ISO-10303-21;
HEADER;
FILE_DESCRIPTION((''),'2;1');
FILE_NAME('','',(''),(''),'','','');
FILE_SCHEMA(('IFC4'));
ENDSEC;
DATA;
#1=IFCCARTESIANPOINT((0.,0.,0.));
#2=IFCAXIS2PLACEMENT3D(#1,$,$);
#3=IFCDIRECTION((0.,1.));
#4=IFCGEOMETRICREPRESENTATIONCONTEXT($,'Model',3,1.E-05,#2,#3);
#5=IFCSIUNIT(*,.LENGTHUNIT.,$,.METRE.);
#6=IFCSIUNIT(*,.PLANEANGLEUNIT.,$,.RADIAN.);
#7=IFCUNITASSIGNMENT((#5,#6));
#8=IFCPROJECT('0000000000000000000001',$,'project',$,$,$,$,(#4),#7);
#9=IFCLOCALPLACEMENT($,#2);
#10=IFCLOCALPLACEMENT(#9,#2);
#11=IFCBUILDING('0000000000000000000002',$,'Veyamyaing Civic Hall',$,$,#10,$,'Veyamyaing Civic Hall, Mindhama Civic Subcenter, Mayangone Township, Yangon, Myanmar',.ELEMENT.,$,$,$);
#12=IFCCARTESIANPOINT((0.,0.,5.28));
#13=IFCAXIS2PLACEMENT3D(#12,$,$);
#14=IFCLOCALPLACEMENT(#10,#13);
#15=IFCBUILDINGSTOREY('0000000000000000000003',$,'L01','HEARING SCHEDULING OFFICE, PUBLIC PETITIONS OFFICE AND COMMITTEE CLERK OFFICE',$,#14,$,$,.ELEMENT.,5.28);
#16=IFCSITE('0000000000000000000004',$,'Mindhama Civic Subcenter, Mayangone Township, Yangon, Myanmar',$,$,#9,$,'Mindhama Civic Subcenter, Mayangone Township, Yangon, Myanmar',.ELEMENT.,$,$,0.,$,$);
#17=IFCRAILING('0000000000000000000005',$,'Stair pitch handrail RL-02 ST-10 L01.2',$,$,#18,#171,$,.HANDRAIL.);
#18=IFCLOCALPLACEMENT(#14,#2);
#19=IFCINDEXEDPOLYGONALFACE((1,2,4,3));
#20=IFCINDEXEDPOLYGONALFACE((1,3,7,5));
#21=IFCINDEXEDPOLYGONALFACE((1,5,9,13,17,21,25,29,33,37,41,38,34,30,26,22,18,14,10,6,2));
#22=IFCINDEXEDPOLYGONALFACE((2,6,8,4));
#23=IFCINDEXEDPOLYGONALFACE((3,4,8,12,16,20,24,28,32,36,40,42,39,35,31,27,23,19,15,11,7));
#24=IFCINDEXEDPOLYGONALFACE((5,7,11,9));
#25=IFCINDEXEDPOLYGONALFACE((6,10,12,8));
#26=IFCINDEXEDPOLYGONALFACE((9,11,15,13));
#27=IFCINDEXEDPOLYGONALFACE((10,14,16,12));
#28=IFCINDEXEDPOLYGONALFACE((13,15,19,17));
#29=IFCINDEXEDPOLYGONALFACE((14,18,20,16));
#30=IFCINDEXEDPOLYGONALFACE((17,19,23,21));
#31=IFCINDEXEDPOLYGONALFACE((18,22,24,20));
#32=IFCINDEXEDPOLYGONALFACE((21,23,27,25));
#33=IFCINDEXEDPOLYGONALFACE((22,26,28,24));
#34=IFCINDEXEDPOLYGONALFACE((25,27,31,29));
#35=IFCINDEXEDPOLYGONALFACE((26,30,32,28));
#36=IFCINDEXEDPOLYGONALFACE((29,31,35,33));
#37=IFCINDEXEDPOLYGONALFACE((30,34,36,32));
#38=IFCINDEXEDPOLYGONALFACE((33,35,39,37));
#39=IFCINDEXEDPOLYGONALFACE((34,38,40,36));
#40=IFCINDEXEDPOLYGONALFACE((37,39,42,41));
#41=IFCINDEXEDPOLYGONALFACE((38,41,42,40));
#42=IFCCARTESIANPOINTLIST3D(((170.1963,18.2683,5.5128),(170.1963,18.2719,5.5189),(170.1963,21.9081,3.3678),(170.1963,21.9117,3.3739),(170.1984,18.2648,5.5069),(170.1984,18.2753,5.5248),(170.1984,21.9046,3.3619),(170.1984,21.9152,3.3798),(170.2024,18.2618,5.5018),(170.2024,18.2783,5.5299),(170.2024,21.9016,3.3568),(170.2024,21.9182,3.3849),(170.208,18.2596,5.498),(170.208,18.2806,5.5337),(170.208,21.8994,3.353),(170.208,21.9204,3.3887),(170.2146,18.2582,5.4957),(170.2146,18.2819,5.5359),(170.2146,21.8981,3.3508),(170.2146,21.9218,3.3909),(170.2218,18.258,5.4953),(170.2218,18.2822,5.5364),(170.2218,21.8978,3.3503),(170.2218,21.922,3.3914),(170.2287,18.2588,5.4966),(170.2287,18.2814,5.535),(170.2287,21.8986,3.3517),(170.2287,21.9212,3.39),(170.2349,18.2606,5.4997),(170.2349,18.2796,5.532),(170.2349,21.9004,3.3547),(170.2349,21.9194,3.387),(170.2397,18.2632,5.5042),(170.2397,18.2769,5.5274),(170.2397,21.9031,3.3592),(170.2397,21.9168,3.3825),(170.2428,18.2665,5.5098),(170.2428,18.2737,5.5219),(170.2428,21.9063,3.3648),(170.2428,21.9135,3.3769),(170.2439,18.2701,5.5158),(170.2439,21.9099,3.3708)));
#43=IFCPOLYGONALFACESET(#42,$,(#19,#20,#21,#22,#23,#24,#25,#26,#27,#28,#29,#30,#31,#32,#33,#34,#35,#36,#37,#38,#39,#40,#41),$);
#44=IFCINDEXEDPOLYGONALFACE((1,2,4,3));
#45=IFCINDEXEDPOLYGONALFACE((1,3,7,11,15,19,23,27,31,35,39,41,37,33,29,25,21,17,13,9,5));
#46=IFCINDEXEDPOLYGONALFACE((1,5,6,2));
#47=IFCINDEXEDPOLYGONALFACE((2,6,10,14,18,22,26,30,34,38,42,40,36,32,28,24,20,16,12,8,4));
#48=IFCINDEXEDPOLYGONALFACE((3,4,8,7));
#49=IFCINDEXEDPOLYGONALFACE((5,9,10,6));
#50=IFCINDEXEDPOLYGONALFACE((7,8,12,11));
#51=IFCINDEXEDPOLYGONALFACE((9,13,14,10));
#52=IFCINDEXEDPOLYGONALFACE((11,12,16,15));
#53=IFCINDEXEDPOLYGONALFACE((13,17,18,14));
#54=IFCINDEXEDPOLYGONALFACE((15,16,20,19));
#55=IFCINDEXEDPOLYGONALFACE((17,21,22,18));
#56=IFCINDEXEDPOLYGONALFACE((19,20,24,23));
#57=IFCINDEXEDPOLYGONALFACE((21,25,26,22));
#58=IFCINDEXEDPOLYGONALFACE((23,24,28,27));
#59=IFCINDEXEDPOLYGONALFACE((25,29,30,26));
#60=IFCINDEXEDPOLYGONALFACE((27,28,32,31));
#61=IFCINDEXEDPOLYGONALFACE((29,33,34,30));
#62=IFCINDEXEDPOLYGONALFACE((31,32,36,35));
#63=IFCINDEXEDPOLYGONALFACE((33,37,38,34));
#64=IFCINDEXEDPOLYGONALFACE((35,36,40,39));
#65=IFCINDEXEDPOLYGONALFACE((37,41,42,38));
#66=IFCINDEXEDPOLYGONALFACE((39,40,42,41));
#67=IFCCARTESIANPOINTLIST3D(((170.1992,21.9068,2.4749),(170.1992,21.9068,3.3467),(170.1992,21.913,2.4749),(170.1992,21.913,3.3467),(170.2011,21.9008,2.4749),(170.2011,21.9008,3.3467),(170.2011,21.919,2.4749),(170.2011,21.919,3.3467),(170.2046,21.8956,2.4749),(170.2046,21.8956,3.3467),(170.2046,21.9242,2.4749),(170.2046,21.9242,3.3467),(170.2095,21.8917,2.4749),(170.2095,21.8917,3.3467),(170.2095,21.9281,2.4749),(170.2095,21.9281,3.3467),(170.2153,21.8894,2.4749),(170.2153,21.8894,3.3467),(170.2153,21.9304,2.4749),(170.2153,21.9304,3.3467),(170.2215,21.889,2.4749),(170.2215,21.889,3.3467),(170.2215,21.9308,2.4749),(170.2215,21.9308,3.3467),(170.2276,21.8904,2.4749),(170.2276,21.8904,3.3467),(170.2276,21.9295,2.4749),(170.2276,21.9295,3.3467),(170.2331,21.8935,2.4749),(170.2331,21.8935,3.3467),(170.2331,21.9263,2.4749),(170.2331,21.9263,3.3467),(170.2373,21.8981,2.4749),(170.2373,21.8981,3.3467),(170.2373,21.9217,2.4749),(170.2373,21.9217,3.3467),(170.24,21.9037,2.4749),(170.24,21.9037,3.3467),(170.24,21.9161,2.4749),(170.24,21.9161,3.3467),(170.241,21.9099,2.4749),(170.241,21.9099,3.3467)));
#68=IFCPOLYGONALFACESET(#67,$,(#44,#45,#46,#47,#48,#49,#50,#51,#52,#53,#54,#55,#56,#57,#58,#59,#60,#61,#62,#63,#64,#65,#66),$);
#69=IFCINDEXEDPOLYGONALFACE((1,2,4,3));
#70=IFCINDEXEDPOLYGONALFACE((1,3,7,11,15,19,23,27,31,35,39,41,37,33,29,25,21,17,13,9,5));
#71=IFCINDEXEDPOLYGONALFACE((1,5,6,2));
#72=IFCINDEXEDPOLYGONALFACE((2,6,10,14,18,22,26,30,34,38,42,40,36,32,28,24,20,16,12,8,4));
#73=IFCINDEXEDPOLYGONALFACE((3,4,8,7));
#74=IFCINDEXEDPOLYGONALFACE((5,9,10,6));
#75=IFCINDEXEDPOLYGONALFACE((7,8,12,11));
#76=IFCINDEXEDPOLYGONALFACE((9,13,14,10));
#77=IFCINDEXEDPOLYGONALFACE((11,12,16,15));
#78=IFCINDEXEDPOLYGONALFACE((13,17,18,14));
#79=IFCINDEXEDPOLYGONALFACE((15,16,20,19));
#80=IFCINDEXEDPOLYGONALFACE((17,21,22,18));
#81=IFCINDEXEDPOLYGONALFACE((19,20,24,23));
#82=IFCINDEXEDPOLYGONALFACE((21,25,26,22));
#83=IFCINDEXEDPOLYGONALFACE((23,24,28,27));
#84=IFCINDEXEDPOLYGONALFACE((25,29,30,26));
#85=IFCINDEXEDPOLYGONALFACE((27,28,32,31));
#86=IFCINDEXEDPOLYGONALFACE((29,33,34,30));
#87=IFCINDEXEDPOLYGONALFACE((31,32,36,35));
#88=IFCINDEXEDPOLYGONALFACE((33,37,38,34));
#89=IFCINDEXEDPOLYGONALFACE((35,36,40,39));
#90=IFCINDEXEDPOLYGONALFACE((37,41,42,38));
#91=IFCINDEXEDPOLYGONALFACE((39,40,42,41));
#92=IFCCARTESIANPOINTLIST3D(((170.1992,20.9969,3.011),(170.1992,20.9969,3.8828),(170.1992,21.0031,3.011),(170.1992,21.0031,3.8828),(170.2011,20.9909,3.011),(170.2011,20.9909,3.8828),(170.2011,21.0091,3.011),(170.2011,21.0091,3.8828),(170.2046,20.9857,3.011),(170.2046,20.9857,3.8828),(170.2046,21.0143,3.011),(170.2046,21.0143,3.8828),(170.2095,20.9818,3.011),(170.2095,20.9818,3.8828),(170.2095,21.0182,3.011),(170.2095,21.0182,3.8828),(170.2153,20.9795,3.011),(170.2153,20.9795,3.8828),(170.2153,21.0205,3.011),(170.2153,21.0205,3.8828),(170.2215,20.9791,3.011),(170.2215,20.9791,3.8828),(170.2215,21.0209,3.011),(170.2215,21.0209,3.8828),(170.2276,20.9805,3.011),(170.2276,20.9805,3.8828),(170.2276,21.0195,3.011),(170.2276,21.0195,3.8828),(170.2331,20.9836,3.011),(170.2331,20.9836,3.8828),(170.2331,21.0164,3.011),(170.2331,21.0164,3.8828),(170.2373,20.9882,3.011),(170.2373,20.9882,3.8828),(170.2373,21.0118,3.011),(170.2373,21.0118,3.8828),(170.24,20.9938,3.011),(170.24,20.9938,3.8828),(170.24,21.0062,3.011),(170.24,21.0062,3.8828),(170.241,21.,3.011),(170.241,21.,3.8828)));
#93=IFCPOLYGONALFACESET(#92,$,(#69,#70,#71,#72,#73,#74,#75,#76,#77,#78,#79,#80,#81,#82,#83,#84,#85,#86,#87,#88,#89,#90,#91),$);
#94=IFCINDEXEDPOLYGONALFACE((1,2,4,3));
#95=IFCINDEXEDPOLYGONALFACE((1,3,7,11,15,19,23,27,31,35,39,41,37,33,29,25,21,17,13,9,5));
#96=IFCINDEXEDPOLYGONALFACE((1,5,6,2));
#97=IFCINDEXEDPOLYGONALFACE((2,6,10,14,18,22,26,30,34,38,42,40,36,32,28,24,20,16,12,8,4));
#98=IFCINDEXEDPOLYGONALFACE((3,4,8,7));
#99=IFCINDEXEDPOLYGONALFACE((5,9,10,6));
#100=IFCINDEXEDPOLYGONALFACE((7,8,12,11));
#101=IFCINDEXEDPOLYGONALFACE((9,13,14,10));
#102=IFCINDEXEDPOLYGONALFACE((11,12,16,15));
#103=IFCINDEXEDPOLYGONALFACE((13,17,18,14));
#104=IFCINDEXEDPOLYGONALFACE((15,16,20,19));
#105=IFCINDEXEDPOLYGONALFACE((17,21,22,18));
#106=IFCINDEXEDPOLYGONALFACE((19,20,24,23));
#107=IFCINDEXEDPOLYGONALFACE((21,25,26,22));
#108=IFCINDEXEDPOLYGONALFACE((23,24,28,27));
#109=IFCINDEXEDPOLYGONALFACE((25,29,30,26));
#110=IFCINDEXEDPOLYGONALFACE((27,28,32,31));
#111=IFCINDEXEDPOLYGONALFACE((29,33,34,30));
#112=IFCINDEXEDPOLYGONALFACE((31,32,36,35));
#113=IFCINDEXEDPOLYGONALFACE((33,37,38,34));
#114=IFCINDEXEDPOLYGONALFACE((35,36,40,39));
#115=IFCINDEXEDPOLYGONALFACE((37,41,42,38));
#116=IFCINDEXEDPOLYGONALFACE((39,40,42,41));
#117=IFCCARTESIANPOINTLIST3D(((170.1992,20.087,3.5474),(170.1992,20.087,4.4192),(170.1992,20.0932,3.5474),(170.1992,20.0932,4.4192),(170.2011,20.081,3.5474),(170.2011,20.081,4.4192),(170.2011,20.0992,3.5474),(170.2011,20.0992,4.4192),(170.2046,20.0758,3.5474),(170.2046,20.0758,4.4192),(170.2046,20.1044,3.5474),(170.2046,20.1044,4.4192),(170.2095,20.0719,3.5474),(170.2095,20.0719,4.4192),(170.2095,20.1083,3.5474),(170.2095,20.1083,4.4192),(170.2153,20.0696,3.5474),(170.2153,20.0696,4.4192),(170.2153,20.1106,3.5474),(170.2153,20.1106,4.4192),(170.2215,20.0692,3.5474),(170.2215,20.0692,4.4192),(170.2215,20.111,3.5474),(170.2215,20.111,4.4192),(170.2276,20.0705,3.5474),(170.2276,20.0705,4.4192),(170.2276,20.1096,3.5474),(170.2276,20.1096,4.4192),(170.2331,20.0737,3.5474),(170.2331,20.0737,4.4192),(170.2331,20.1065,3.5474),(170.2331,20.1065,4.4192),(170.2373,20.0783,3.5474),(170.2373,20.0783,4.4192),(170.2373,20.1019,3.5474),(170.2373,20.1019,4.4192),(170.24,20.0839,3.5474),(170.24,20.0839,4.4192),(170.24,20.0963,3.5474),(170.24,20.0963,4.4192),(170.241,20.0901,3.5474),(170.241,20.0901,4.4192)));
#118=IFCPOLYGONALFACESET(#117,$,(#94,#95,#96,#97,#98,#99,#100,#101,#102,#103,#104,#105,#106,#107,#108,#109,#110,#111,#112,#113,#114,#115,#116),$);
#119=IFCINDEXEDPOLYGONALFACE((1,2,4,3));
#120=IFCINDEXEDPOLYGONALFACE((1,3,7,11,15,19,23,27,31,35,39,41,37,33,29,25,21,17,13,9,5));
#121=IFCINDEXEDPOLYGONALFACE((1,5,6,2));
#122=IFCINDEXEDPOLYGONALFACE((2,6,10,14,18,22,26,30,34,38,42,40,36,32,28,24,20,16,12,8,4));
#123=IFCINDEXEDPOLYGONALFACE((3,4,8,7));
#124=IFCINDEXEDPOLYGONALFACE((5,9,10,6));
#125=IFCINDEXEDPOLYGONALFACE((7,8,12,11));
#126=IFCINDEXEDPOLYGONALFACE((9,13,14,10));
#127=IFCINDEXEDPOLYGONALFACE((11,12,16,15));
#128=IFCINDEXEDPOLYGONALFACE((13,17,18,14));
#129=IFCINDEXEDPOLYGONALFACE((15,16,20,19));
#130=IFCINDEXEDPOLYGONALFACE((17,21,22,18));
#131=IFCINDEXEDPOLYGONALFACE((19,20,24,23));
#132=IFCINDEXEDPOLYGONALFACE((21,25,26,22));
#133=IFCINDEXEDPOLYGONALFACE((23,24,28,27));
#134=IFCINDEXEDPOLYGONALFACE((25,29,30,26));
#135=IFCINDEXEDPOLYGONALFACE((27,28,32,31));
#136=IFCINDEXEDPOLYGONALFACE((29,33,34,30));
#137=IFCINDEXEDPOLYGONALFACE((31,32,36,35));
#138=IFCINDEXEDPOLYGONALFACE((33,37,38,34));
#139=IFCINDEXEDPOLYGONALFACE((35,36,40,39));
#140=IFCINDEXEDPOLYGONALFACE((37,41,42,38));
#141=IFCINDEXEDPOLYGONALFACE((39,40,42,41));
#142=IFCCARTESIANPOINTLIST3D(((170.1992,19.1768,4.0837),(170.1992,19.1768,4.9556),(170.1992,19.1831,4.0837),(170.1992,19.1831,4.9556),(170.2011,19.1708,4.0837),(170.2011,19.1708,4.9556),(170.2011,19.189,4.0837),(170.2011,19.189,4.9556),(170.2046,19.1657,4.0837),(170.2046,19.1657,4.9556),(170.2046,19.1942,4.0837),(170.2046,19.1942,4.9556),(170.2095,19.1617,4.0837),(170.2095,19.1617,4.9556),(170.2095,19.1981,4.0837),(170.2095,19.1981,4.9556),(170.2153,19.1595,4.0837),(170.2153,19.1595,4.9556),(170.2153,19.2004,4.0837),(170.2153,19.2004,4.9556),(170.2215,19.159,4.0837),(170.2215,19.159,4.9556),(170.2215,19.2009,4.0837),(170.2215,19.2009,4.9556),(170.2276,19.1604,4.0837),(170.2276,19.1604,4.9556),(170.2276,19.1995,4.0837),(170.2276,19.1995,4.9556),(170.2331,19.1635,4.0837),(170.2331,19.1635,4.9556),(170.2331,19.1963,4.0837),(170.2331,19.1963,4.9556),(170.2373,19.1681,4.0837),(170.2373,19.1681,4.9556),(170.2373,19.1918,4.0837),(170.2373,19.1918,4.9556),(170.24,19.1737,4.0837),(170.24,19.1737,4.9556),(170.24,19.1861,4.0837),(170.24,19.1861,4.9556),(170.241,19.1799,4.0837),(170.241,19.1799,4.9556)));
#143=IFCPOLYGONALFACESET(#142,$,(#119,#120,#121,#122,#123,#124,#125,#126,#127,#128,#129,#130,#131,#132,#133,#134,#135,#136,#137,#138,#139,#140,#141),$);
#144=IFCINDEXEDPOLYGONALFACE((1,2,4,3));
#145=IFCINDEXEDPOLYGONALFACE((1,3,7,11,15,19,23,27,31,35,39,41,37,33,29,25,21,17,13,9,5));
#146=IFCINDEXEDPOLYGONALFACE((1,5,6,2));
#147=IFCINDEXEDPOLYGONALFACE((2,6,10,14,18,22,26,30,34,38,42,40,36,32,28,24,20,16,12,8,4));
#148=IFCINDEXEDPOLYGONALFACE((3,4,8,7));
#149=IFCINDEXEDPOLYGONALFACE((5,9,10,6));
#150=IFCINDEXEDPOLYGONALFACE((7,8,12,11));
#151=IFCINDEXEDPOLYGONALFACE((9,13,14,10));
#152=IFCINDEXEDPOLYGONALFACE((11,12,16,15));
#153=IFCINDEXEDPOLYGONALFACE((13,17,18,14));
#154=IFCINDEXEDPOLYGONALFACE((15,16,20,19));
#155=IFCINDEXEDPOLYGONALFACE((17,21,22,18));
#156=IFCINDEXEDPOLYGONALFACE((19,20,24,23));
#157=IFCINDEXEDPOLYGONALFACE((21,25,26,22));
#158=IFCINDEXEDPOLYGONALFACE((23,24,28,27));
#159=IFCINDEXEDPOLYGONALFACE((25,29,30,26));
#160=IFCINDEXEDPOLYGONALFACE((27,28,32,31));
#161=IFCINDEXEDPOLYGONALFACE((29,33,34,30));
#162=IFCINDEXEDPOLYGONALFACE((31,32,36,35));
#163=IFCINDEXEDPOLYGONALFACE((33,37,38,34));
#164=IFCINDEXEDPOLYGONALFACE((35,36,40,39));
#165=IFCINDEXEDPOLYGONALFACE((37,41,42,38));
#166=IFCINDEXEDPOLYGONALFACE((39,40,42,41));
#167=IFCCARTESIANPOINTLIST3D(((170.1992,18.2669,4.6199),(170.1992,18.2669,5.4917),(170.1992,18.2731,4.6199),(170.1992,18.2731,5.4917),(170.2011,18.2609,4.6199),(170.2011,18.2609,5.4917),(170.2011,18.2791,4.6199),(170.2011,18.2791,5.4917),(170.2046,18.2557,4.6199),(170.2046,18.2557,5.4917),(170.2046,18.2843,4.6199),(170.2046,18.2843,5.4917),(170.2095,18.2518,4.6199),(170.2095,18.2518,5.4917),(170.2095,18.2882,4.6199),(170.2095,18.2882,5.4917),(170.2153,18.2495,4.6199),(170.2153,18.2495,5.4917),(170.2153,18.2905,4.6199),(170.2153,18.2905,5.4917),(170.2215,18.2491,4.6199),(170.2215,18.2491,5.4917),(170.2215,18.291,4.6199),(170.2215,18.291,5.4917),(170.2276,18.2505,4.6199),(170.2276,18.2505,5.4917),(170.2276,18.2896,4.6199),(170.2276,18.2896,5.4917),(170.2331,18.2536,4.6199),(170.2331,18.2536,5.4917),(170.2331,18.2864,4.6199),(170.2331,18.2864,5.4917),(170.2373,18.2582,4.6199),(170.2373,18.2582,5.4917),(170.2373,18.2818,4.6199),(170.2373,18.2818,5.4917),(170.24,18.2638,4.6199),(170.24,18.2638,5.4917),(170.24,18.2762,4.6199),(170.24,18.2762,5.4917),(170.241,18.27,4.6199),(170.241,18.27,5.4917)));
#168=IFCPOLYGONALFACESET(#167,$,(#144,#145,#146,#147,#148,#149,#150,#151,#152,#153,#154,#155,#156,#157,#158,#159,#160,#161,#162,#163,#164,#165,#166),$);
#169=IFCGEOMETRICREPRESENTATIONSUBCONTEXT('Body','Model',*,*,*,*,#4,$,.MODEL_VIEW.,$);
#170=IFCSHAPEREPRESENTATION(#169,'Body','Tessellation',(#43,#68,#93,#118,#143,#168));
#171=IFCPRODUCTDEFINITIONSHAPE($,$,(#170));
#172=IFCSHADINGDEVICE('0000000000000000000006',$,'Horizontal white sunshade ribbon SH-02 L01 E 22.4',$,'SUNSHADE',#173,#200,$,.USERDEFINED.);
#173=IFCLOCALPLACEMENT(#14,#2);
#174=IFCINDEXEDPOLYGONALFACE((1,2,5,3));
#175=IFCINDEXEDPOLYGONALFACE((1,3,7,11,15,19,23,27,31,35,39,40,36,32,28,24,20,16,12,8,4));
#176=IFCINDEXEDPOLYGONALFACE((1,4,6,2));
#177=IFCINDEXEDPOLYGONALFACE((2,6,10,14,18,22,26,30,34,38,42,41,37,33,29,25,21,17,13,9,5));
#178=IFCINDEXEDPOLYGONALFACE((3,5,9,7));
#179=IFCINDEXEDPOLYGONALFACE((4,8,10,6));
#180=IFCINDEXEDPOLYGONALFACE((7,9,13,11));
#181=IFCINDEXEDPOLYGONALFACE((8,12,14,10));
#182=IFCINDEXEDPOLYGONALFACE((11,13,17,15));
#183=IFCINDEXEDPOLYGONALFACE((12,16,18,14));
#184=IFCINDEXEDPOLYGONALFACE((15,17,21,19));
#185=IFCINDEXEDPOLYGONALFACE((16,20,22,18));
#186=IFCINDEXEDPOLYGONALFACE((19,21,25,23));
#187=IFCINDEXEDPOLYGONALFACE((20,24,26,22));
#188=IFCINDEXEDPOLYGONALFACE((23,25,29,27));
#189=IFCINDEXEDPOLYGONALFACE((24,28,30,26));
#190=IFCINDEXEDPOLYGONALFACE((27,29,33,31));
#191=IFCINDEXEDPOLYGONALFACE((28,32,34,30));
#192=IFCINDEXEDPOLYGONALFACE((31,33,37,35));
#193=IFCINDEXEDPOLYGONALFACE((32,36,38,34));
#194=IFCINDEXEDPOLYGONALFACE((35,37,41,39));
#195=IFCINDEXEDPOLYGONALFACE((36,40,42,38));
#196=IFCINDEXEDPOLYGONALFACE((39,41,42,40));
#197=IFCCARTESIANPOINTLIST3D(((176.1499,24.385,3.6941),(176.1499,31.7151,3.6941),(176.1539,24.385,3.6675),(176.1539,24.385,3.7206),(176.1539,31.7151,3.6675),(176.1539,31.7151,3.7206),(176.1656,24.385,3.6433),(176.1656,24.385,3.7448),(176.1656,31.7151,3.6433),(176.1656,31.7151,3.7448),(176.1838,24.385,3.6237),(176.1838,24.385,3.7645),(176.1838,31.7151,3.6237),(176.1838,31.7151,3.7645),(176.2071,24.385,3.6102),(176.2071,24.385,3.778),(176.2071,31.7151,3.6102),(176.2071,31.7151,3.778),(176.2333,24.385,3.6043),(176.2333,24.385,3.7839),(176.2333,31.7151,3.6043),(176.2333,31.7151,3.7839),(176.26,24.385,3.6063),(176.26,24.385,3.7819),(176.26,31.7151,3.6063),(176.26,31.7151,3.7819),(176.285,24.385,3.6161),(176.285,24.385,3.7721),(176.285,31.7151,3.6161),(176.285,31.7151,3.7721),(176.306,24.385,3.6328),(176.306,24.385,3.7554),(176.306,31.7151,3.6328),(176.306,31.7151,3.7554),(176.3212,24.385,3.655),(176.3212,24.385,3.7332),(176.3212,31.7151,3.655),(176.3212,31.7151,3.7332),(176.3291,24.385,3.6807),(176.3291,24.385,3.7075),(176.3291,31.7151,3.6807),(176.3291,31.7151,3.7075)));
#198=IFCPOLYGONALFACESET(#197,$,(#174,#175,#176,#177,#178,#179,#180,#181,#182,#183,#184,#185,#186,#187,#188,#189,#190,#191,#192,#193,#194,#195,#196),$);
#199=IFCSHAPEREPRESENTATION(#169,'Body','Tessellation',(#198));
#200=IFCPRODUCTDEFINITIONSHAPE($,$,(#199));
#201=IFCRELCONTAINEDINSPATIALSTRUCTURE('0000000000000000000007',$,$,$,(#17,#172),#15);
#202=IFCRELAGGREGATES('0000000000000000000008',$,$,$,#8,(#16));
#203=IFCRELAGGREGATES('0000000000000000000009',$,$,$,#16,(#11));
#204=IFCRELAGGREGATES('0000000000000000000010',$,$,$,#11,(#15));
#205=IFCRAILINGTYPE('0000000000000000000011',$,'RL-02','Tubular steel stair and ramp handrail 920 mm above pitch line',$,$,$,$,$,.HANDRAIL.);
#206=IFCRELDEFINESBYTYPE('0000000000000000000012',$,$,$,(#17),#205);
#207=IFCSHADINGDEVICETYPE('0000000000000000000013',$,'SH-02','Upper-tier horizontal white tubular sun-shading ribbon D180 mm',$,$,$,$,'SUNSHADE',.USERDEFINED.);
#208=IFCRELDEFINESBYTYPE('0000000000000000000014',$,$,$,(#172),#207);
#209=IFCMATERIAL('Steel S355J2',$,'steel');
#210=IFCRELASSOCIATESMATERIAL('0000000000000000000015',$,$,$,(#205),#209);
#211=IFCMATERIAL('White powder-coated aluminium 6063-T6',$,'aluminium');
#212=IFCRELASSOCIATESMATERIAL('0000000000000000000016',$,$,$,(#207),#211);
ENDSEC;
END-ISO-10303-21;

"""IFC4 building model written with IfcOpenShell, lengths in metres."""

from ifc_helpers import new_model, si_unit, direction, frame, origin, origin_2d, place, context, subcontext, project, spatial, circle, extrude, material, material_profile, profile_set, type_object, element, save


model = new_model("IFC4")

# Units and contexts
model_context = context("Model", 3, precision=1e-05, world=origin(), true_north=direction((0.0, 1.0)))
body_context = subcontext(model_context, "Body", "Model", "MODEL_VIEW")
ifc_project = project(units=[si_unit("LENGTHUNIT", "METRE"), si_unit("PLANEANGLEUNIT", "RADIAN")], contexts=[model_context])

# Site, building, storey
site_placement = place(None, origin())
site = spatial("IfcSite", under=ifc_project, at=site_placement, Name="Mindhama Civic Subcenter, Mayangone Township, Yangon, Myanmar", LongName="Mindhama Civic Subcenter, Mayangone Township, Yangon, Myanmar", CompositionType="ELEMENT", RefElevation=0.0)
building_placement = place(site_placement, origin())
building = spatial("IfcBuilding", under=site, at=building_placement, Name="Veyamyaing Civic Hall", LongName="Veyamyaing Civic Hall, Mindhama Civic Subcenter, Mayangone Township, Yangon, Myanmar", CompositionType="ELEMENT")
storey_placement = place(building_placement, frame((0.0, 0.0, 5.28)))
storey = spatial("IfcBuildingStorey", under=building, at=storey_placement, Name="L01", Description="HEARING SCHEDULING OFFICE, PUBLIC PETITIONS OFFICE AND COMMITTEE CLERK OFFICE", CompositionType="ELEMENT", Elevation=5.28)

# Shared definitions
ifc_material_1 = material(Name="White powder-coated aluminium 6063-T6", Category="aluminium")

# Railing
ifc_material_2 = material(Name="Steel S355J2", Category="steel")
railing_type = type_object("IfcRailingType", Name="RL-02", Description="Tubular steel stair and ramp handrail 920 mm above pitch line", PredefinedType="HANDRAIL", material=ifc_material_2)
railing_placement = place(storey_placement, frame((170.22, 21.9099, 2.4749)))
element("IfcRailing", 1, at=railing_placement, inside=storey, type_object=railing_type, Name="Stair pitch handrail RL-02 ST-10 L01.2", PredefinedType="HANDRAIL", context=body_context, shape_type="SweptSolid", body=[
    extrude(circle(Radius=0.0239, at=origin_2d()), frame((0.0, 0.0, 0.896), z_axis=(0.0, -0.86153, 0.507707), x_axis=(1.0, 0.0, 0.0)), (0.0, 0.0, 1.0), 4.2249),
    extrude(circle(Radius=0.021, at=origin_2d()), origin(), (0.0, 0.0, 1.0), 0.8718),
    extrude(circle(Radius=0.021, at=origin_2d()), frame((0.0, -0.9099, 0.5361)), (0.0, 0.0, 1.0), 0.8718),
    extrude(circle(Radius=0.021, at=origin_2d()), frame((0.0, -1.8198, 1.0725)), (0.0, 0.0, 1.0), 0.8718),
    extrude(circle(Radius=0.021, at=origin_2d()), frame((0.0, -2.73, 1.6089)), (0.0, 0.0, 1.0), 0.8718),
    extrude(circle(Radius=0.021, at=origin_2d()), frame((0.0, -3.6399, 2.145)), (0.0, 0.0, 1.0), 0.8718),
])

# Shading device
ifc_material_profile_1 = material_profile(ifc_material_1, circle(Radius=0.0901, at=origin_2d()), Name="SHADE-TUBE-180")
ifc_profile_set_1 = profile_set([ifc_material_profile_1], Name="White powder-coated aluminium 6063-T6")
shading_device_type_1 = type_object("IfcShadingDeviceType", Name="SH-02", Description="Upper-tier horizontal white tubular sun-shading ribbon D180 mm", ElementType="SUNSHADE", PredefinedType="USERDEFINED", material=ifc_profile_set_1)
shading_device_1_placement = place(storey_placement, frame((176.24, 24.385, 3.6941), z_axis=(0.0, 1.0, 0.0), x_axis=(-1.0, 0.0, 0.0)))
element("IfcShadingDevice", 2, at=shading_device_1_placement, inside=storey, type_object=shading_device_type_1, Name="Horizontal white sunshade ribbon SH-02 L01 E 22.4", ObjectType="SUNSHADE", PredefinedType="USERDEFINED", context=body_context, shape_type="SweptSolid", body=[
    extrude(circle(Radius=0.0901, at=origin_2d()), origin(), (0.0, 0.0, 1.0), 7.3301),
])

save(model, "model.ifc")
